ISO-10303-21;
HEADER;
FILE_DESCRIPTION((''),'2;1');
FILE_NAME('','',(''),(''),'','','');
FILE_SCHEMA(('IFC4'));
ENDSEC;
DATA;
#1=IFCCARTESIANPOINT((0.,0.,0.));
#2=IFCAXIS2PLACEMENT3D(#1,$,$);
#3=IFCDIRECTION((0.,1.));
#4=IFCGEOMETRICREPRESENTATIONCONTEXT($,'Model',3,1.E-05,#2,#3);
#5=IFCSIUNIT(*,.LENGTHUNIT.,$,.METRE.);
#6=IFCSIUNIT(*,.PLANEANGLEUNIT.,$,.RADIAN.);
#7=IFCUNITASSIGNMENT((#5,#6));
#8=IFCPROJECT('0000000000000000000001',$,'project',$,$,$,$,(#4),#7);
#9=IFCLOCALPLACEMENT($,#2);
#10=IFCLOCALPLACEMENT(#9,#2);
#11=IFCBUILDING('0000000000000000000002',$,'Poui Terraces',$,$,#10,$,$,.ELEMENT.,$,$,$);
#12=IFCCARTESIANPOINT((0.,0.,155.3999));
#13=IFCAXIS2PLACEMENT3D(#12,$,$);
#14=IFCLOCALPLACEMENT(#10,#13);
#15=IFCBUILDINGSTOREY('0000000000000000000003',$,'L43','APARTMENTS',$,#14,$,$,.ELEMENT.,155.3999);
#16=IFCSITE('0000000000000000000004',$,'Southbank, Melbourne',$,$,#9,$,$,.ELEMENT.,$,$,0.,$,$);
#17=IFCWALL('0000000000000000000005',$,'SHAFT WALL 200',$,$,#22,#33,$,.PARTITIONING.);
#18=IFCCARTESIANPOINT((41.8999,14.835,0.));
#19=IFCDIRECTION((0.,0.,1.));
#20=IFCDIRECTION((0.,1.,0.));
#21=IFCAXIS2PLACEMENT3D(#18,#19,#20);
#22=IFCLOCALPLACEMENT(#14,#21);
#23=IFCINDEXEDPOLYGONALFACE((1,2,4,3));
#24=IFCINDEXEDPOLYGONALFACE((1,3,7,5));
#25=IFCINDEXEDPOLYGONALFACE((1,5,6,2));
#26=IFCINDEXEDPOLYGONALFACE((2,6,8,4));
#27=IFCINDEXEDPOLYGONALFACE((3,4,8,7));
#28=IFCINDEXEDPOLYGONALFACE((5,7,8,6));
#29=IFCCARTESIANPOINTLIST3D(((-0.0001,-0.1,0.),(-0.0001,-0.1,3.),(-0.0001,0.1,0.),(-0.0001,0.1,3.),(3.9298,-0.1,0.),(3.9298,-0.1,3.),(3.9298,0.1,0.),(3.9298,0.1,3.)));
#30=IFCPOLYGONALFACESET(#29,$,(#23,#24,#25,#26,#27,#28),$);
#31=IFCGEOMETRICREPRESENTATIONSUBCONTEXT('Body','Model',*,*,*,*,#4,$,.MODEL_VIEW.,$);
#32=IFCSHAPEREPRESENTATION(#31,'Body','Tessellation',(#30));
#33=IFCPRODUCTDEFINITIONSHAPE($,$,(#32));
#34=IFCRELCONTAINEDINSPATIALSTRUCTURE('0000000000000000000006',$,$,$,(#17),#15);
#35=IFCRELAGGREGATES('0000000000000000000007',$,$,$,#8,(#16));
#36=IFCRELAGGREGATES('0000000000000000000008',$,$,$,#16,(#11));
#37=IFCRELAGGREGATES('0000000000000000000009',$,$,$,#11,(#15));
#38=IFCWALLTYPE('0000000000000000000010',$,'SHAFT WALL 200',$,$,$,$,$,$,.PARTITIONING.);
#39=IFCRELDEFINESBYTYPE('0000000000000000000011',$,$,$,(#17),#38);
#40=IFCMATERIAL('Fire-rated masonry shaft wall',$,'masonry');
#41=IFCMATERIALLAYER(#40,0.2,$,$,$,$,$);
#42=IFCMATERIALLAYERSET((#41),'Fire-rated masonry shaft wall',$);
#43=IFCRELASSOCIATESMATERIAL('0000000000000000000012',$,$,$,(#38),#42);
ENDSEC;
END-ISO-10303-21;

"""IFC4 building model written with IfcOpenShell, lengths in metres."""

from ifc_helpers import new_model, si_unit, direction, frame, frame_2d, origin, place, context, subcontext, project, spatial, rectangle, extrude, material, layer, layer_set, type_object, element, save


model = new_model("IFC4")

# Units and contexts
model_context = context("Model", 3, precision=1e-05, world=origin(), true_north=direction((0.0, 1.0)))
body_context = subcontext(model_context, "Body", "Model", "MODEL_VIEW")
ifc_project = project(units=[si_unit("LENGTHUNIT", "METRE"), si_unit("PLANEANGLEUNIT", "RADIAN")], contexts=[model_context])

# Site, building, storey
site_placement = place(None, origin())
site = spatial("IfcSite", under=ifc_project, at=site_placement, Name="Southbank, Melbourne", CompositionType="ELEMENT", RefElevation=0.0)
building_placement = place(site_placement, origin())
building = spatial("IfcBuilding", under=site, at=building_placement, Name="Poui Terraces", CompositionType="ELEMENT")
storey_placement = place(building_placement, frame((0.0, 0.0, 155.3999)))
storey = spatial("IfcBuildingStorey", under=building, at=storey_placement, Name="L43", Description="APARTMENTS", CompositionType="ELEMENT", Elevation=155.3999)

# Shared definitions
ifc_material_1 = material(Name="Fire-rated masonry shaft wall", Category="masonry")
ifc_layer_1 = layer(ifc_material_1, 0.2)
ifc_layer_set_1 = layer_set([ifc_layer_1], Name="Fire-rated masonry shaft wall")
wall_type_1 = type_object("IfcWallType", Name="SHAFT WALL 200", PredefinedType="PARTITIONING", material=ifc_layer_set_1)

# Wall
wall_1_placement = place(storey_placement, frame((41.8999, 14.835, 0.0), z_axis=(0.0, 0.0, 1.0), x_axis=(0.0, 1.0, 0.0)))
element("IfcWall", 1, at=wall_1_placement, inside=storey, type_object=wall_type_1, Name="SHAFT WALL 200", PredefinedType="PARTITIONING", context=body_context, shape_type="SweptSolid", body=[
    extrude(rectangle(XDim=3.9299, YDim=0.2, at=frame_2d((1.9648, 0.0))), origin(), (0.0, 0.0, 1.0), 3.0),
])

save(model, "model.ifc")
